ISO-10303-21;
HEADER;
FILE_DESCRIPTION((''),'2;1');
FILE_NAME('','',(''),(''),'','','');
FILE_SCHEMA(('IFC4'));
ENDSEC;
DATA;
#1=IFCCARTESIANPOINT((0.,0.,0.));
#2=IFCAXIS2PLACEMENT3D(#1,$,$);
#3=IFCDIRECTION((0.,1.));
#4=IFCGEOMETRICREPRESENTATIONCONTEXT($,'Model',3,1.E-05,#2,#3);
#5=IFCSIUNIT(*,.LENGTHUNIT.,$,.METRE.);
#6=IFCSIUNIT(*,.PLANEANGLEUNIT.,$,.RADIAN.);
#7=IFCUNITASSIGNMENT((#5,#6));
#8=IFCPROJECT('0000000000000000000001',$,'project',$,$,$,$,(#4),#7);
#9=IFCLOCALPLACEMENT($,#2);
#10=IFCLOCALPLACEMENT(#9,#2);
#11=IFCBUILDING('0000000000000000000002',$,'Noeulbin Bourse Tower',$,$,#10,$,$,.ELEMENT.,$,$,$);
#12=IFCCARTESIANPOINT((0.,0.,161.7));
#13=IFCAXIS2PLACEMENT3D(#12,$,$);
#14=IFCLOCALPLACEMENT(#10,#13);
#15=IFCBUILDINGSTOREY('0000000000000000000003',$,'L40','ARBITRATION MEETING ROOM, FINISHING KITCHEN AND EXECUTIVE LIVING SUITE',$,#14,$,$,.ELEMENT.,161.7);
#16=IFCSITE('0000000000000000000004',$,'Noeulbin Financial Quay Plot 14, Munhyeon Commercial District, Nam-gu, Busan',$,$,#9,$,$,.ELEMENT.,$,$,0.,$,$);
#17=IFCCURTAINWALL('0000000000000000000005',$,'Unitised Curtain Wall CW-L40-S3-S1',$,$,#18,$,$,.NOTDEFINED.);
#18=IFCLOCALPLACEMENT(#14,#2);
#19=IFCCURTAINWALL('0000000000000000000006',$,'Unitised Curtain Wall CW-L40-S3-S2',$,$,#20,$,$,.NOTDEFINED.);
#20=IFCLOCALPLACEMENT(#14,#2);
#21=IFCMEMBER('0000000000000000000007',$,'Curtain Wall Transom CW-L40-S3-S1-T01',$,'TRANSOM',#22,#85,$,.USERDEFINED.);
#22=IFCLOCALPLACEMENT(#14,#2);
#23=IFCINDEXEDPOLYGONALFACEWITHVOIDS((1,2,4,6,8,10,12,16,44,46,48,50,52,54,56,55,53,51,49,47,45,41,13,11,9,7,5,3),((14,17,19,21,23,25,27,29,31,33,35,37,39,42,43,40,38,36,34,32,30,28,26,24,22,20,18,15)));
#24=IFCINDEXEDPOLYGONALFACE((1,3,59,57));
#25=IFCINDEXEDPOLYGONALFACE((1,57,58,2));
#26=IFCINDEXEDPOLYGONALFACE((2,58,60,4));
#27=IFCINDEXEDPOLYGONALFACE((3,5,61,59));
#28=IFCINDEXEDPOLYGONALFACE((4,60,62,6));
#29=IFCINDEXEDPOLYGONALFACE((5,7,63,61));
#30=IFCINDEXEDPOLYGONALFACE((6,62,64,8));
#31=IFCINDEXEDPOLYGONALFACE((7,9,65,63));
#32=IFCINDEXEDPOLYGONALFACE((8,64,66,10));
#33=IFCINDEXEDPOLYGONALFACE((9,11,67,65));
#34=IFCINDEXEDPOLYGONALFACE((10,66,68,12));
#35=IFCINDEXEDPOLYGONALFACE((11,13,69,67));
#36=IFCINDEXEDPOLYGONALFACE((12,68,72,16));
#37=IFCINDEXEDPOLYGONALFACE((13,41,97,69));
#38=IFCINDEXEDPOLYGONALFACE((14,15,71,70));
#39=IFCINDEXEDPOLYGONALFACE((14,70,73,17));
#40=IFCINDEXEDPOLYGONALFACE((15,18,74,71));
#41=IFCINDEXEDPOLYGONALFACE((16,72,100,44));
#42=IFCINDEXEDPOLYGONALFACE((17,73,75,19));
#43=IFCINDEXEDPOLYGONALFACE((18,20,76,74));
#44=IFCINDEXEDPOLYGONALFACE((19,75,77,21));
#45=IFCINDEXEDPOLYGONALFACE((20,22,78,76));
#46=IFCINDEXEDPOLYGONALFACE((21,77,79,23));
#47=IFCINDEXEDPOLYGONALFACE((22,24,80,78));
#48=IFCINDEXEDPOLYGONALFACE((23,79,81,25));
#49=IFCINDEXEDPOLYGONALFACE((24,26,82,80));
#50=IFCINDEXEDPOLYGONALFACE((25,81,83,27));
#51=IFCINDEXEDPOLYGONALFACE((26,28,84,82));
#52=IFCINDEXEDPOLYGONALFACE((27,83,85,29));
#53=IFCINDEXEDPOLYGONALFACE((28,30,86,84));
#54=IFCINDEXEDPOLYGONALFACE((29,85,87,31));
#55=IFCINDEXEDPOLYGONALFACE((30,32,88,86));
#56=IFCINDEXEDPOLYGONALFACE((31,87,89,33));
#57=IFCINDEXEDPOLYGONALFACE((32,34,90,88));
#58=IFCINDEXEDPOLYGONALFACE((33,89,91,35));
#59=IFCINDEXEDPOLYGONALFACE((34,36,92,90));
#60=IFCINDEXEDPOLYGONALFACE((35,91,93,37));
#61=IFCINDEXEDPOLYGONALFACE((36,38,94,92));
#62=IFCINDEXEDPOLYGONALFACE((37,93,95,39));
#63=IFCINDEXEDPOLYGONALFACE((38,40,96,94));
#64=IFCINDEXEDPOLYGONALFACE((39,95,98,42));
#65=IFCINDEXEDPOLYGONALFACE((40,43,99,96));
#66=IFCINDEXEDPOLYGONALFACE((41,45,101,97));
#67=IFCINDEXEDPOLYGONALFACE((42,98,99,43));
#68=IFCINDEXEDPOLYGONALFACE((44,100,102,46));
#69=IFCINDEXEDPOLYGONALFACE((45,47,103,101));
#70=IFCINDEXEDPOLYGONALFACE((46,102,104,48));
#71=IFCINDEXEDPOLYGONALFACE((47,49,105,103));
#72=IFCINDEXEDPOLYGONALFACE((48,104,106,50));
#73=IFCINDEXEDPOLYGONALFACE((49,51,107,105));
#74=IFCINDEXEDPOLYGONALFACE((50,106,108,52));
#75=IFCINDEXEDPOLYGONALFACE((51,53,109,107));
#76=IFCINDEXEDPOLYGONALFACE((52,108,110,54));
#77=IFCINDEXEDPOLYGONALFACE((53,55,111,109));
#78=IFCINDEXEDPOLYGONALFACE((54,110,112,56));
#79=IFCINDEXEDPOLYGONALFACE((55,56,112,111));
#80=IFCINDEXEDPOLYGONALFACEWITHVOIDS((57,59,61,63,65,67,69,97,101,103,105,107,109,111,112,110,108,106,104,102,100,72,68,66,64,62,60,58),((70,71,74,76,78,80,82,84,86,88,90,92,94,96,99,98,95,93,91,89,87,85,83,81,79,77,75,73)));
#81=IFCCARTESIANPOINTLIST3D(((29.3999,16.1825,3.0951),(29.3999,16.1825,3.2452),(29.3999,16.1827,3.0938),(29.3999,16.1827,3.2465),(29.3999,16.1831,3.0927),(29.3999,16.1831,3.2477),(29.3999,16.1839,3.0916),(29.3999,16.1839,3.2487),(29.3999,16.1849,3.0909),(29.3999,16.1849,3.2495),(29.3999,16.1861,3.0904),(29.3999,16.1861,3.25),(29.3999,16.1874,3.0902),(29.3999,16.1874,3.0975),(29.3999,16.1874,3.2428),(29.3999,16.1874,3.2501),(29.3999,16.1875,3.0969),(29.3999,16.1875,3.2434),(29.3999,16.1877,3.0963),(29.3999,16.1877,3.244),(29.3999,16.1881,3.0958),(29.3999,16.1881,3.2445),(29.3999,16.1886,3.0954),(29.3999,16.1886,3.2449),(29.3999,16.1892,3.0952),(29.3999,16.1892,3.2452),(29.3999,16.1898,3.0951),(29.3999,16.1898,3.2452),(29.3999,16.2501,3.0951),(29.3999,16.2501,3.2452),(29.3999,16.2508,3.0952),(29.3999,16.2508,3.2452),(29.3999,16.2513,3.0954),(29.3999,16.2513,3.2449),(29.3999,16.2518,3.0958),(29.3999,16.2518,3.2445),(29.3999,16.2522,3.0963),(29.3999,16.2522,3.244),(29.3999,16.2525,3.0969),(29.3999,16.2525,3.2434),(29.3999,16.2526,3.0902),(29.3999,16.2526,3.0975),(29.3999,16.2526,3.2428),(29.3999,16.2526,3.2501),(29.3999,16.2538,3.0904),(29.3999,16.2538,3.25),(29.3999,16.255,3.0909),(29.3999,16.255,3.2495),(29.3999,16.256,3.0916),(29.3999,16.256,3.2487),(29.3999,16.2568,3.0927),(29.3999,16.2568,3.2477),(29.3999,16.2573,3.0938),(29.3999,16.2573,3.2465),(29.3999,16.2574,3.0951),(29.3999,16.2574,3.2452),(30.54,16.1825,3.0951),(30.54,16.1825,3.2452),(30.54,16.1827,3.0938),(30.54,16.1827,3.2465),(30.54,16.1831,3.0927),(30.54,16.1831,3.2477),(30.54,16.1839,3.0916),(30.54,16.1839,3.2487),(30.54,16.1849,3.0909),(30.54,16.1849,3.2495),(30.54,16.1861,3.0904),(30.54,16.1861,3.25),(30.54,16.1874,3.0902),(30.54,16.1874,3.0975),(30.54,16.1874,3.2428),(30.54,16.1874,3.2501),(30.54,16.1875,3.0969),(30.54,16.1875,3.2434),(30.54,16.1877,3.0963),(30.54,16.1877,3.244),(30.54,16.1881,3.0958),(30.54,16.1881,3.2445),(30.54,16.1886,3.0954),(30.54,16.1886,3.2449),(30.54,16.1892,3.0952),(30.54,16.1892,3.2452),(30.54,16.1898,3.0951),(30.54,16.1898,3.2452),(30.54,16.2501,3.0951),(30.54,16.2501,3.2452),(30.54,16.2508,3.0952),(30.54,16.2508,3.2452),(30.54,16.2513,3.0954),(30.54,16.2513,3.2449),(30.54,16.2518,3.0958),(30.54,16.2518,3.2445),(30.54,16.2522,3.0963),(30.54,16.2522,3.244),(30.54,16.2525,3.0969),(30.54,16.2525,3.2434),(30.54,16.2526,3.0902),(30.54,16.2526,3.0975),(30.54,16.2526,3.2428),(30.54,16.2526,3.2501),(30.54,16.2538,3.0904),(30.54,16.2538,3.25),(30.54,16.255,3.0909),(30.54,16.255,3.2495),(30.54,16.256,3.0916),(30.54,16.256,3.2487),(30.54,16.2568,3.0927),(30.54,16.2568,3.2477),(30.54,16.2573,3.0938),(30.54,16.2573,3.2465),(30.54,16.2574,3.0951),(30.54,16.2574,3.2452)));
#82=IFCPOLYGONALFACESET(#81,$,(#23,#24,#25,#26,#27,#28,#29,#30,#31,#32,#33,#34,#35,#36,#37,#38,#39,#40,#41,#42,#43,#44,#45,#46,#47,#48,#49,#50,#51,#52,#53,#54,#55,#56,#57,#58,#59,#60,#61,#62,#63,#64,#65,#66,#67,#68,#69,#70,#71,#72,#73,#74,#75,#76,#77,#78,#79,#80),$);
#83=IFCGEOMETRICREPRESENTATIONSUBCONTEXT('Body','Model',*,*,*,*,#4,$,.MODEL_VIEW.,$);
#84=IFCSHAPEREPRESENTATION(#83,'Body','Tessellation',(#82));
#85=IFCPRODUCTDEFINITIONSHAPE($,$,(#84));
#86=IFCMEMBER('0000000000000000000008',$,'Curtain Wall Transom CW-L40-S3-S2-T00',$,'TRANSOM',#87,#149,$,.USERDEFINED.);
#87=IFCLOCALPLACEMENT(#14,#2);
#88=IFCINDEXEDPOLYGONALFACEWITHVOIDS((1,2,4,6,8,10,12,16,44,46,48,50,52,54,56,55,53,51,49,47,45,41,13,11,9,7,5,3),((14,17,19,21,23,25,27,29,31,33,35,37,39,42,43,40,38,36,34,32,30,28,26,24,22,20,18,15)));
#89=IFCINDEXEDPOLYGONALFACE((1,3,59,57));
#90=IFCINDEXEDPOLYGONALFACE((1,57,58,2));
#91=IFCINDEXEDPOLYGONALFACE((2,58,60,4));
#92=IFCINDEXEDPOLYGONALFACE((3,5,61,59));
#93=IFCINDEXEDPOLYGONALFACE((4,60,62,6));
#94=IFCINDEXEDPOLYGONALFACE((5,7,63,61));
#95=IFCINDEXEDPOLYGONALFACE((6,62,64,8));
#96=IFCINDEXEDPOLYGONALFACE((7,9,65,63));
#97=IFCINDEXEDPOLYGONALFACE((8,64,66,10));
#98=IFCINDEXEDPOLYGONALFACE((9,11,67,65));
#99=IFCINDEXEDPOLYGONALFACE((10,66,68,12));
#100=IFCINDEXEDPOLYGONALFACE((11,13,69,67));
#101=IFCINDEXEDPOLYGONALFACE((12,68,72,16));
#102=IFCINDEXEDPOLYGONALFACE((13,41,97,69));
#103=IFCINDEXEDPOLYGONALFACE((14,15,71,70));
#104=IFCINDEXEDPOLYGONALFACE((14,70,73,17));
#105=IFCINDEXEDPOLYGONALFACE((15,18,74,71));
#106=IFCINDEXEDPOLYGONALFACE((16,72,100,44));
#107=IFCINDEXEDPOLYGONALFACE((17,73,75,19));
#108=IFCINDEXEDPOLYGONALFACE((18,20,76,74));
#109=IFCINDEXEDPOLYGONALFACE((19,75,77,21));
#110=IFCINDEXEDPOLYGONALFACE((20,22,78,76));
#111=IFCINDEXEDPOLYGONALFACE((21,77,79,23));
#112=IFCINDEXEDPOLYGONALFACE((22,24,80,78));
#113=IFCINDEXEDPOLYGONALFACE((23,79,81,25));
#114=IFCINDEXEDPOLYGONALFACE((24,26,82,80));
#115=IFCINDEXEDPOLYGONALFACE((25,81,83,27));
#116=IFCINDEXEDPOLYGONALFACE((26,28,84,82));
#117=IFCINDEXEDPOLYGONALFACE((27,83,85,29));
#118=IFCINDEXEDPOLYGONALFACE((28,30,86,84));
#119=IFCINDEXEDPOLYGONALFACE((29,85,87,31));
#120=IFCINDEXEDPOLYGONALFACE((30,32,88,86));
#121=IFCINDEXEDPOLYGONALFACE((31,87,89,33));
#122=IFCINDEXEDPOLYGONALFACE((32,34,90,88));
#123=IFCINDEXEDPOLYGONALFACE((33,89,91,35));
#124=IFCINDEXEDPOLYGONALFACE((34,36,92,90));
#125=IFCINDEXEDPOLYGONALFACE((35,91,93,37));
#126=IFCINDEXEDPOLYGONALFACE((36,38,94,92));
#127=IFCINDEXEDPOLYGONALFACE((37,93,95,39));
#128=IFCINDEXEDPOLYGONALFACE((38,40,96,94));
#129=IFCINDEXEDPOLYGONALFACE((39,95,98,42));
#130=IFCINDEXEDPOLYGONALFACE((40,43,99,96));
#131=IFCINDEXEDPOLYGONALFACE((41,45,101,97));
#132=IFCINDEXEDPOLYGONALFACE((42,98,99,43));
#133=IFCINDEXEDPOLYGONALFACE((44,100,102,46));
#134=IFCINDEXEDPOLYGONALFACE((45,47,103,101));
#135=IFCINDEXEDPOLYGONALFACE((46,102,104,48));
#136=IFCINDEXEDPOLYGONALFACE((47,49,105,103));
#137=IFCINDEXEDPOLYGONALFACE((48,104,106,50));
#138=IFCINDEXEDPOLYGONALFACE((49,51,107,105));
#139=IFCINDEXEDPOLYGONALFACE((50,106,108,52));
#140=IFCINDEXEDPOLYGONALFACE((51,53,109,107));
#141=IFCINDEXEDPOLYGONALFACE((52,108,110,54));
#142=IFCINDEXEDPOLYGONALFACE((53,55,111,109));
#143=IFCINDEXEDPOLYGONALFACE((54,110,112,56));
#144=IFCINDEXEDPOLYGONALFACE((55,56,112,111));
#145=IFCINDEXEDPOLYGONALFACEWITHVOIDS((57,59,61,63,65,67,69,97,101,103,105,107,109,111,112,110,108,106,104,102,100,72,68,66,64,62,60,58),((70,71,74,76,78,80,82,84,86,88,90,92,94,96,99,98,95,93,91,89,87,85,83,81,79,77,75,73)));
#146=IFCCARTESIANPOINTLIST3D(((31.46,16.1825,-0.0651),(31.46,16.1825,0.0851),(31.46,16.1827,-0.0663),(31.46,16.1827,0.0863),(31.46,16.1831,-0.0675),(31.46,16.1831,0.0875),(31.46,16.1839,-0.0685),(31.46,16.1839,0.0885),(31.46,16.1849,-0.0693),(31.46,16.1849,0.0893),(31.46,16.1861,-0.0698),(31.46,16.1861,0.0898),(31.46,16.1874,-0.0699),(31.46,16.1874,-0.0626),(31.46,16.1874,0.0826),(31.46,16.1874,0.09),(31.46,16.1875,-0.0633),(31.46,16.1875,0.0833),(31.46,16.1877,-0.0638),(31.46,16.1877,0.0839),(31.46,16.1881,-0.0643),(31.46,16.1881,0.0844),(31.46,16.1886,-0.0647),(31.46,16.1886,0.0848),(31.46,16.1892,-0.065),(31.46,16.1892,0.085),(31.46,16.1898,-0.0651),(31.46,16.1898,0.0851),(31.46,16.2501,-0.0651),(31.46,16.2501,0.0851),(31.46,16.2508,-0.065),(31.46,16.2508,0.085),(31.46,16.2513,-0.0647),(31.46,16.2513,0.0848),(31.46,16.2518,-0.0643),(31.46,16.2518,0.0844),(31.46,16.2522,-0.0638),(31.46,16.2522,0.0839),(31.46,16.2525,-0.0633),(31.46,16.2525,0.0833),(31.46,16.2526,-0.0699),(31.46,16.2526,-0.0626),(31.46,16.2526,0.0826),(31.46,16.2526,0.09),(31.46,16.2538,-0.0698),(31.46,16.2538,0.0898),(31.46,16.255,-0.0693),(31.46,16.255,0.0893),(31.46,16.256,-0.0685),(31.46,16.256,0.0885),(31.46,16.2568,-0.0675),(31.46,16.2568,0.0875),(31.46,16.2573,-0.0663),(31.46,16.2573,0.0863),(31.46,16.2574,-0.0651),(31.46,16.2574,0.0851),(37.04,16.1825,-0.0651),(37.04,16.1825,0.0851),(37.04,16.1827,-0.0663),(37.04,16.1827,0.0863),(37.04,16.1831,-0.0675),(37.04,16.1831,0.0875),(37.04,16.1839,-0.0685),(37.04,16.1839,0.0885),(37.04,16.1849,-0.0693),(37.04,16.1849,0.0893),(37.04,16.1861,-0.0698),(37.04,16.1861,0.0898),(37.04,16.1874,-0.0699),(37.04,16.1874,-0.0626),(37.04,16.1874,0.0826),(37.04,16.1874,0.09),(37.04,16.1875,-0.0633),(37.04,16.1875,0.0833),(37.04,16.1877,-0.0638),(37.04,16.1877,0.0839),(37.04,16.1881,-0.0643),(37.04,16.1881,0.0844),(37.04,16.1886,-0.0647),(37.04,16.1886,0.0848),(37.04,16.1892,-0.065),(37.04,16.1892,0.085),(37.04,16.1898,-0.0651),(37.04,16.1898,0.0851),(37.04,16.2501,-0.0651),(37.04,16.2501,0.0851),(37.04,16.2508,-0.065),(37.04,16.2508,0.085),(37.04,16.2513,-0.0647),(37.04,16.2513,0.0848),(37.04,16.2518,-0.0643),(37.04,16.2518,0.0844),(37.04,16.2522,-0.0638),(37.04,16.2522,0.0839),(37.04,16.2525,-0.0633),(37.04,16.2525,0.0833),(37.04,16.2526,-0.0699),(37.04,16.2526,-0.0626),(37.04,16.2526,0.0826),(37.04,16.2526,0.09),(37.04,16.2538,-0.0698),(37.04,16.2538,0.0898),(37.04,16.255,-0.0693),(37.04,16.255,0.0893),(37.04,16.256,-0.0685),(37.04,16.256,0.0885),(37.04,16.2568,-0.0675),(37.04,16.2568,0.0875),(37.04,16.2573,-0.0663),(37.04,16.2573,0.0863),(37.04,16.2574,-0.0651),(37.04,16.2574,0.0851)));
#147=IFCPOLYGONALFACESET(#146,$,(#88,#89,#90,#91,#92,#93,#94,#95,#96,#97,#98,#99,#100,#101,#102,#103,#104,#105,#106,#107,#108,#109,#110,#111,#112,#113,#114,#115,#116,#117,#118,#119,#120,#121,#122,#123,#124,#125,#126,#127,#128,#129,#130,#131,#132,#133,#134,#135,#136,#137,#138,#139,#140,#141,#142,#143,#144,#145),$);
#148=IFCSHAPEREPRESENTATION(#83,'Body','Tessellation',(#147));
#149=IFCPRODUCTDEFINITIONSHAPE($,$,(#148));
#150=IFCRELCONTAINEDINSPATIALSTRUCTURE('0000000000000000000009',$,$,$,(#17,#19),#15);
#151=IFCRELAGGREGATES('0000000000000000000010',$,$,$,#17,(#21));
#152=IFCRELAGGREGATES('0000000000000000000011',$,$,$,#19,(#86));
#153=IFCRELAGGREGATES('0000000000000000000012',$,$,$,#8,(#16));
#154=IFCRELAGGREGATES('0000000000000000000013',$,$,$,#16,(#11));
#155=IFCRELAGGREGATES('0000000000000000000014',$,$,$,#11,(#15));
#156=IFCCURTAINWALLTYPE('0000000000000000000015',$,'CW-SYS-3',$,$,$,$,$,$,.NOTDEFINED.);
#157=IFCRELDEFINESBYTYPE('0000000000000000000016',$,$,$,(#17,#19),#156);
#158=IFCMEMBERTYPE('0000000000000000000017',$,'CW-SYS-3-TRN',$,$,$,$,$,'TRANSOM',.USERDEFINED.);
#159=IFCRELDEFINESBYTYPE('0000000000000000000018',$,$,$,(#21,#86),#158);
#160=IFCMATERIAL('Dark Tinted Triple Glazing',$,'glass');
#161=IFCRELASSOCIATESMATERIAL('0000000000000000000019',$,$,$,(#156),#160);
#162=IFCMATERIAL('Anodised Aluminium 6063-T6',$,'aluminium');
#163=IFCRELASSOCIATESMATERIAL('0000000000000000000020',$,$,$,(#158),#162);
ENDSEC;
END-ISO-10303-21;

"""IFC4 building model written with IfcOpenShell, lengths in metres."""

from ifc_helpers import new_model, si_unit, direction, frame, origin, origin_2d, place, context, subcontext, project, spatial, hollow_rectangle, extrude, material, material_profile, profile_set, type_object, element, aggregate, save


model = new_model("IFC4")

# Units and contexts
model_context = context("Model", 3, precision=1e-05, world=origin(), true_north=direction((0.0, 1.0)))
body_context = subcontext(model_context, "Body", "Model", "MODEL_VIEW")
ifc_project = project(units=[si_unit("LENGTHUNIT", "METRE"), si_unit("PLANEANGLEUNIT", "RADIAN")], contexts=[model_context])

# Site, building, storey
site_placement = place(None, origin())
site = spatial("IfcSite", under=ifc_project, at=site_placement, Name="Noeulbin Financial Quay Plot 14, Munhyeon Commercial District, Nam-gu, Busan", CompositionType="ELEMENT", RefElevation=0.0)
building_placement = place(site_placement, origin())
building = spatial("IfcBuilding", under=site, at=building_placement, Name="Noeulbin Bourse Tower", CompositionType="ELEMENT")
storey_placement = place(building_placement, frame((0.0, 0.0, 161.7)))
storey = spatial("IfcBuildingStorey", under=building, at=storey_placement, Name="L40", Description="ARBITRATION MEETING ROOM, FINISHING KITCHEN AND EXECUTIVE LIVING SUITE", CompositionType="ELEMENT", Elevation=161.7)

# Curtain walls
ifc_material_1 = material(Name="Dark Tinted Triple Glazing", Category="glass")
curtain_wall_type = type_object("IfcCurtainWallType", Name="CW-SYS-3", PredefinedType="NOTDEFINED", material=ifc_material_1)
curtain_wall_1_placement = place(storey_placement, origin())
curtain_wall_1 = element("IfcCurtainWall", 1, at=curtain_wall_1_placement, inside=storey, type_object=curtain_wall_type, Name="Unitised Curtain Wall CW-L40-S3-S1", PredefinedType="NOTDEFINED")
ifc_material_2 = material(Name="Anodised Aluminium 6063-T6", Category="aluminium")
curtain_wall_2_placement = place(storey_placement, origin())
curtain_wall_2 = element("IfcCurtainWall", 2, at=curtain_wall_2_placement, inside=storey, type_object=curtain_wall_type, Name="Unitised Curtain Wall CW-L40-S3-S2", PredefinedType="NOTDEFINED")

# Members
ifc_material_profile_1 = material_profile(ifc_material_2, hollow_rectangle(XDim=0.075, YDim=0.1599, WallThickness=0.0049, InnerFilletRadius=0.0024, OuterFilletRadius=0.0049, at=origin_2d()), Name="ALU-TRAN-75x160x5", Category="LoadBearing")
ifc_profile_set_1 = profile_set([ifc_material_profile_1], Name="Anodised Aluminium 6063-T6")
member_type_1 = type_object("IfcMemberType", Name="CW-SYS-3-TRN", ElementType="TRANSOM", PredefinedType="USERDEFINED", material=ifc_profile_set_1)
member_1_placement = place(storey_placement, frame((29.3999, 16.22, 3.1702), z_axis=(1.0, 0.0, 0.0), x_axis=(0.0, 1.0, 0.0)))
member_1 = element("IfcMember", 3, at=member_1_placement, type_object=member_type_1, Name="Curtain Wall Transom CW-L40-S3-S1-T01", ObjectType="TRANSOM", PredefinedType="USERDEFINED", context=body_context, shape_type="SweptSolid", body=[
    extrude(hollow_rectangle(XDim=0.075, YDim=0.1599, WallThickness=0.0049, InnerFilletRadius=0.0024, OuterFilletRadius=0.0049, at=origin_2d()), origin(), (0.0, 0.0, 1.0), 1.1401),
])
member_2_placement = place(storey_placement, frame((31.46, 16.22, 0.01), z_axis=(1.0, 0.0, 0.0), x_axis=(0.0, 1.0, 0.0)))
member_2 = element("IfcMember", 4, at=member_2_placement, type_object=member_type_1, Name="Curtain Wall Transom CW-L40-S3-S2-T00", ObjectType="TRANSOM", PredefinedType="USERDEFINED", context=body_context, shape_type="SweptSolid", body=[
    extrude(hollow_rectangle(XDim=0.075, YDim=0.1599, WallThickness=0.0049, InnerFilletRadius=0.0024, OuterFilletRadius=0.0049, at=origin_2d()), origin(), (0.0, 0.0, 1.0), 5.5801),
])

aggregate(curtain_wall_1, [member_1])
aggregate(curtain_wall_2, [member_2])

save(model, "model.ifc")
